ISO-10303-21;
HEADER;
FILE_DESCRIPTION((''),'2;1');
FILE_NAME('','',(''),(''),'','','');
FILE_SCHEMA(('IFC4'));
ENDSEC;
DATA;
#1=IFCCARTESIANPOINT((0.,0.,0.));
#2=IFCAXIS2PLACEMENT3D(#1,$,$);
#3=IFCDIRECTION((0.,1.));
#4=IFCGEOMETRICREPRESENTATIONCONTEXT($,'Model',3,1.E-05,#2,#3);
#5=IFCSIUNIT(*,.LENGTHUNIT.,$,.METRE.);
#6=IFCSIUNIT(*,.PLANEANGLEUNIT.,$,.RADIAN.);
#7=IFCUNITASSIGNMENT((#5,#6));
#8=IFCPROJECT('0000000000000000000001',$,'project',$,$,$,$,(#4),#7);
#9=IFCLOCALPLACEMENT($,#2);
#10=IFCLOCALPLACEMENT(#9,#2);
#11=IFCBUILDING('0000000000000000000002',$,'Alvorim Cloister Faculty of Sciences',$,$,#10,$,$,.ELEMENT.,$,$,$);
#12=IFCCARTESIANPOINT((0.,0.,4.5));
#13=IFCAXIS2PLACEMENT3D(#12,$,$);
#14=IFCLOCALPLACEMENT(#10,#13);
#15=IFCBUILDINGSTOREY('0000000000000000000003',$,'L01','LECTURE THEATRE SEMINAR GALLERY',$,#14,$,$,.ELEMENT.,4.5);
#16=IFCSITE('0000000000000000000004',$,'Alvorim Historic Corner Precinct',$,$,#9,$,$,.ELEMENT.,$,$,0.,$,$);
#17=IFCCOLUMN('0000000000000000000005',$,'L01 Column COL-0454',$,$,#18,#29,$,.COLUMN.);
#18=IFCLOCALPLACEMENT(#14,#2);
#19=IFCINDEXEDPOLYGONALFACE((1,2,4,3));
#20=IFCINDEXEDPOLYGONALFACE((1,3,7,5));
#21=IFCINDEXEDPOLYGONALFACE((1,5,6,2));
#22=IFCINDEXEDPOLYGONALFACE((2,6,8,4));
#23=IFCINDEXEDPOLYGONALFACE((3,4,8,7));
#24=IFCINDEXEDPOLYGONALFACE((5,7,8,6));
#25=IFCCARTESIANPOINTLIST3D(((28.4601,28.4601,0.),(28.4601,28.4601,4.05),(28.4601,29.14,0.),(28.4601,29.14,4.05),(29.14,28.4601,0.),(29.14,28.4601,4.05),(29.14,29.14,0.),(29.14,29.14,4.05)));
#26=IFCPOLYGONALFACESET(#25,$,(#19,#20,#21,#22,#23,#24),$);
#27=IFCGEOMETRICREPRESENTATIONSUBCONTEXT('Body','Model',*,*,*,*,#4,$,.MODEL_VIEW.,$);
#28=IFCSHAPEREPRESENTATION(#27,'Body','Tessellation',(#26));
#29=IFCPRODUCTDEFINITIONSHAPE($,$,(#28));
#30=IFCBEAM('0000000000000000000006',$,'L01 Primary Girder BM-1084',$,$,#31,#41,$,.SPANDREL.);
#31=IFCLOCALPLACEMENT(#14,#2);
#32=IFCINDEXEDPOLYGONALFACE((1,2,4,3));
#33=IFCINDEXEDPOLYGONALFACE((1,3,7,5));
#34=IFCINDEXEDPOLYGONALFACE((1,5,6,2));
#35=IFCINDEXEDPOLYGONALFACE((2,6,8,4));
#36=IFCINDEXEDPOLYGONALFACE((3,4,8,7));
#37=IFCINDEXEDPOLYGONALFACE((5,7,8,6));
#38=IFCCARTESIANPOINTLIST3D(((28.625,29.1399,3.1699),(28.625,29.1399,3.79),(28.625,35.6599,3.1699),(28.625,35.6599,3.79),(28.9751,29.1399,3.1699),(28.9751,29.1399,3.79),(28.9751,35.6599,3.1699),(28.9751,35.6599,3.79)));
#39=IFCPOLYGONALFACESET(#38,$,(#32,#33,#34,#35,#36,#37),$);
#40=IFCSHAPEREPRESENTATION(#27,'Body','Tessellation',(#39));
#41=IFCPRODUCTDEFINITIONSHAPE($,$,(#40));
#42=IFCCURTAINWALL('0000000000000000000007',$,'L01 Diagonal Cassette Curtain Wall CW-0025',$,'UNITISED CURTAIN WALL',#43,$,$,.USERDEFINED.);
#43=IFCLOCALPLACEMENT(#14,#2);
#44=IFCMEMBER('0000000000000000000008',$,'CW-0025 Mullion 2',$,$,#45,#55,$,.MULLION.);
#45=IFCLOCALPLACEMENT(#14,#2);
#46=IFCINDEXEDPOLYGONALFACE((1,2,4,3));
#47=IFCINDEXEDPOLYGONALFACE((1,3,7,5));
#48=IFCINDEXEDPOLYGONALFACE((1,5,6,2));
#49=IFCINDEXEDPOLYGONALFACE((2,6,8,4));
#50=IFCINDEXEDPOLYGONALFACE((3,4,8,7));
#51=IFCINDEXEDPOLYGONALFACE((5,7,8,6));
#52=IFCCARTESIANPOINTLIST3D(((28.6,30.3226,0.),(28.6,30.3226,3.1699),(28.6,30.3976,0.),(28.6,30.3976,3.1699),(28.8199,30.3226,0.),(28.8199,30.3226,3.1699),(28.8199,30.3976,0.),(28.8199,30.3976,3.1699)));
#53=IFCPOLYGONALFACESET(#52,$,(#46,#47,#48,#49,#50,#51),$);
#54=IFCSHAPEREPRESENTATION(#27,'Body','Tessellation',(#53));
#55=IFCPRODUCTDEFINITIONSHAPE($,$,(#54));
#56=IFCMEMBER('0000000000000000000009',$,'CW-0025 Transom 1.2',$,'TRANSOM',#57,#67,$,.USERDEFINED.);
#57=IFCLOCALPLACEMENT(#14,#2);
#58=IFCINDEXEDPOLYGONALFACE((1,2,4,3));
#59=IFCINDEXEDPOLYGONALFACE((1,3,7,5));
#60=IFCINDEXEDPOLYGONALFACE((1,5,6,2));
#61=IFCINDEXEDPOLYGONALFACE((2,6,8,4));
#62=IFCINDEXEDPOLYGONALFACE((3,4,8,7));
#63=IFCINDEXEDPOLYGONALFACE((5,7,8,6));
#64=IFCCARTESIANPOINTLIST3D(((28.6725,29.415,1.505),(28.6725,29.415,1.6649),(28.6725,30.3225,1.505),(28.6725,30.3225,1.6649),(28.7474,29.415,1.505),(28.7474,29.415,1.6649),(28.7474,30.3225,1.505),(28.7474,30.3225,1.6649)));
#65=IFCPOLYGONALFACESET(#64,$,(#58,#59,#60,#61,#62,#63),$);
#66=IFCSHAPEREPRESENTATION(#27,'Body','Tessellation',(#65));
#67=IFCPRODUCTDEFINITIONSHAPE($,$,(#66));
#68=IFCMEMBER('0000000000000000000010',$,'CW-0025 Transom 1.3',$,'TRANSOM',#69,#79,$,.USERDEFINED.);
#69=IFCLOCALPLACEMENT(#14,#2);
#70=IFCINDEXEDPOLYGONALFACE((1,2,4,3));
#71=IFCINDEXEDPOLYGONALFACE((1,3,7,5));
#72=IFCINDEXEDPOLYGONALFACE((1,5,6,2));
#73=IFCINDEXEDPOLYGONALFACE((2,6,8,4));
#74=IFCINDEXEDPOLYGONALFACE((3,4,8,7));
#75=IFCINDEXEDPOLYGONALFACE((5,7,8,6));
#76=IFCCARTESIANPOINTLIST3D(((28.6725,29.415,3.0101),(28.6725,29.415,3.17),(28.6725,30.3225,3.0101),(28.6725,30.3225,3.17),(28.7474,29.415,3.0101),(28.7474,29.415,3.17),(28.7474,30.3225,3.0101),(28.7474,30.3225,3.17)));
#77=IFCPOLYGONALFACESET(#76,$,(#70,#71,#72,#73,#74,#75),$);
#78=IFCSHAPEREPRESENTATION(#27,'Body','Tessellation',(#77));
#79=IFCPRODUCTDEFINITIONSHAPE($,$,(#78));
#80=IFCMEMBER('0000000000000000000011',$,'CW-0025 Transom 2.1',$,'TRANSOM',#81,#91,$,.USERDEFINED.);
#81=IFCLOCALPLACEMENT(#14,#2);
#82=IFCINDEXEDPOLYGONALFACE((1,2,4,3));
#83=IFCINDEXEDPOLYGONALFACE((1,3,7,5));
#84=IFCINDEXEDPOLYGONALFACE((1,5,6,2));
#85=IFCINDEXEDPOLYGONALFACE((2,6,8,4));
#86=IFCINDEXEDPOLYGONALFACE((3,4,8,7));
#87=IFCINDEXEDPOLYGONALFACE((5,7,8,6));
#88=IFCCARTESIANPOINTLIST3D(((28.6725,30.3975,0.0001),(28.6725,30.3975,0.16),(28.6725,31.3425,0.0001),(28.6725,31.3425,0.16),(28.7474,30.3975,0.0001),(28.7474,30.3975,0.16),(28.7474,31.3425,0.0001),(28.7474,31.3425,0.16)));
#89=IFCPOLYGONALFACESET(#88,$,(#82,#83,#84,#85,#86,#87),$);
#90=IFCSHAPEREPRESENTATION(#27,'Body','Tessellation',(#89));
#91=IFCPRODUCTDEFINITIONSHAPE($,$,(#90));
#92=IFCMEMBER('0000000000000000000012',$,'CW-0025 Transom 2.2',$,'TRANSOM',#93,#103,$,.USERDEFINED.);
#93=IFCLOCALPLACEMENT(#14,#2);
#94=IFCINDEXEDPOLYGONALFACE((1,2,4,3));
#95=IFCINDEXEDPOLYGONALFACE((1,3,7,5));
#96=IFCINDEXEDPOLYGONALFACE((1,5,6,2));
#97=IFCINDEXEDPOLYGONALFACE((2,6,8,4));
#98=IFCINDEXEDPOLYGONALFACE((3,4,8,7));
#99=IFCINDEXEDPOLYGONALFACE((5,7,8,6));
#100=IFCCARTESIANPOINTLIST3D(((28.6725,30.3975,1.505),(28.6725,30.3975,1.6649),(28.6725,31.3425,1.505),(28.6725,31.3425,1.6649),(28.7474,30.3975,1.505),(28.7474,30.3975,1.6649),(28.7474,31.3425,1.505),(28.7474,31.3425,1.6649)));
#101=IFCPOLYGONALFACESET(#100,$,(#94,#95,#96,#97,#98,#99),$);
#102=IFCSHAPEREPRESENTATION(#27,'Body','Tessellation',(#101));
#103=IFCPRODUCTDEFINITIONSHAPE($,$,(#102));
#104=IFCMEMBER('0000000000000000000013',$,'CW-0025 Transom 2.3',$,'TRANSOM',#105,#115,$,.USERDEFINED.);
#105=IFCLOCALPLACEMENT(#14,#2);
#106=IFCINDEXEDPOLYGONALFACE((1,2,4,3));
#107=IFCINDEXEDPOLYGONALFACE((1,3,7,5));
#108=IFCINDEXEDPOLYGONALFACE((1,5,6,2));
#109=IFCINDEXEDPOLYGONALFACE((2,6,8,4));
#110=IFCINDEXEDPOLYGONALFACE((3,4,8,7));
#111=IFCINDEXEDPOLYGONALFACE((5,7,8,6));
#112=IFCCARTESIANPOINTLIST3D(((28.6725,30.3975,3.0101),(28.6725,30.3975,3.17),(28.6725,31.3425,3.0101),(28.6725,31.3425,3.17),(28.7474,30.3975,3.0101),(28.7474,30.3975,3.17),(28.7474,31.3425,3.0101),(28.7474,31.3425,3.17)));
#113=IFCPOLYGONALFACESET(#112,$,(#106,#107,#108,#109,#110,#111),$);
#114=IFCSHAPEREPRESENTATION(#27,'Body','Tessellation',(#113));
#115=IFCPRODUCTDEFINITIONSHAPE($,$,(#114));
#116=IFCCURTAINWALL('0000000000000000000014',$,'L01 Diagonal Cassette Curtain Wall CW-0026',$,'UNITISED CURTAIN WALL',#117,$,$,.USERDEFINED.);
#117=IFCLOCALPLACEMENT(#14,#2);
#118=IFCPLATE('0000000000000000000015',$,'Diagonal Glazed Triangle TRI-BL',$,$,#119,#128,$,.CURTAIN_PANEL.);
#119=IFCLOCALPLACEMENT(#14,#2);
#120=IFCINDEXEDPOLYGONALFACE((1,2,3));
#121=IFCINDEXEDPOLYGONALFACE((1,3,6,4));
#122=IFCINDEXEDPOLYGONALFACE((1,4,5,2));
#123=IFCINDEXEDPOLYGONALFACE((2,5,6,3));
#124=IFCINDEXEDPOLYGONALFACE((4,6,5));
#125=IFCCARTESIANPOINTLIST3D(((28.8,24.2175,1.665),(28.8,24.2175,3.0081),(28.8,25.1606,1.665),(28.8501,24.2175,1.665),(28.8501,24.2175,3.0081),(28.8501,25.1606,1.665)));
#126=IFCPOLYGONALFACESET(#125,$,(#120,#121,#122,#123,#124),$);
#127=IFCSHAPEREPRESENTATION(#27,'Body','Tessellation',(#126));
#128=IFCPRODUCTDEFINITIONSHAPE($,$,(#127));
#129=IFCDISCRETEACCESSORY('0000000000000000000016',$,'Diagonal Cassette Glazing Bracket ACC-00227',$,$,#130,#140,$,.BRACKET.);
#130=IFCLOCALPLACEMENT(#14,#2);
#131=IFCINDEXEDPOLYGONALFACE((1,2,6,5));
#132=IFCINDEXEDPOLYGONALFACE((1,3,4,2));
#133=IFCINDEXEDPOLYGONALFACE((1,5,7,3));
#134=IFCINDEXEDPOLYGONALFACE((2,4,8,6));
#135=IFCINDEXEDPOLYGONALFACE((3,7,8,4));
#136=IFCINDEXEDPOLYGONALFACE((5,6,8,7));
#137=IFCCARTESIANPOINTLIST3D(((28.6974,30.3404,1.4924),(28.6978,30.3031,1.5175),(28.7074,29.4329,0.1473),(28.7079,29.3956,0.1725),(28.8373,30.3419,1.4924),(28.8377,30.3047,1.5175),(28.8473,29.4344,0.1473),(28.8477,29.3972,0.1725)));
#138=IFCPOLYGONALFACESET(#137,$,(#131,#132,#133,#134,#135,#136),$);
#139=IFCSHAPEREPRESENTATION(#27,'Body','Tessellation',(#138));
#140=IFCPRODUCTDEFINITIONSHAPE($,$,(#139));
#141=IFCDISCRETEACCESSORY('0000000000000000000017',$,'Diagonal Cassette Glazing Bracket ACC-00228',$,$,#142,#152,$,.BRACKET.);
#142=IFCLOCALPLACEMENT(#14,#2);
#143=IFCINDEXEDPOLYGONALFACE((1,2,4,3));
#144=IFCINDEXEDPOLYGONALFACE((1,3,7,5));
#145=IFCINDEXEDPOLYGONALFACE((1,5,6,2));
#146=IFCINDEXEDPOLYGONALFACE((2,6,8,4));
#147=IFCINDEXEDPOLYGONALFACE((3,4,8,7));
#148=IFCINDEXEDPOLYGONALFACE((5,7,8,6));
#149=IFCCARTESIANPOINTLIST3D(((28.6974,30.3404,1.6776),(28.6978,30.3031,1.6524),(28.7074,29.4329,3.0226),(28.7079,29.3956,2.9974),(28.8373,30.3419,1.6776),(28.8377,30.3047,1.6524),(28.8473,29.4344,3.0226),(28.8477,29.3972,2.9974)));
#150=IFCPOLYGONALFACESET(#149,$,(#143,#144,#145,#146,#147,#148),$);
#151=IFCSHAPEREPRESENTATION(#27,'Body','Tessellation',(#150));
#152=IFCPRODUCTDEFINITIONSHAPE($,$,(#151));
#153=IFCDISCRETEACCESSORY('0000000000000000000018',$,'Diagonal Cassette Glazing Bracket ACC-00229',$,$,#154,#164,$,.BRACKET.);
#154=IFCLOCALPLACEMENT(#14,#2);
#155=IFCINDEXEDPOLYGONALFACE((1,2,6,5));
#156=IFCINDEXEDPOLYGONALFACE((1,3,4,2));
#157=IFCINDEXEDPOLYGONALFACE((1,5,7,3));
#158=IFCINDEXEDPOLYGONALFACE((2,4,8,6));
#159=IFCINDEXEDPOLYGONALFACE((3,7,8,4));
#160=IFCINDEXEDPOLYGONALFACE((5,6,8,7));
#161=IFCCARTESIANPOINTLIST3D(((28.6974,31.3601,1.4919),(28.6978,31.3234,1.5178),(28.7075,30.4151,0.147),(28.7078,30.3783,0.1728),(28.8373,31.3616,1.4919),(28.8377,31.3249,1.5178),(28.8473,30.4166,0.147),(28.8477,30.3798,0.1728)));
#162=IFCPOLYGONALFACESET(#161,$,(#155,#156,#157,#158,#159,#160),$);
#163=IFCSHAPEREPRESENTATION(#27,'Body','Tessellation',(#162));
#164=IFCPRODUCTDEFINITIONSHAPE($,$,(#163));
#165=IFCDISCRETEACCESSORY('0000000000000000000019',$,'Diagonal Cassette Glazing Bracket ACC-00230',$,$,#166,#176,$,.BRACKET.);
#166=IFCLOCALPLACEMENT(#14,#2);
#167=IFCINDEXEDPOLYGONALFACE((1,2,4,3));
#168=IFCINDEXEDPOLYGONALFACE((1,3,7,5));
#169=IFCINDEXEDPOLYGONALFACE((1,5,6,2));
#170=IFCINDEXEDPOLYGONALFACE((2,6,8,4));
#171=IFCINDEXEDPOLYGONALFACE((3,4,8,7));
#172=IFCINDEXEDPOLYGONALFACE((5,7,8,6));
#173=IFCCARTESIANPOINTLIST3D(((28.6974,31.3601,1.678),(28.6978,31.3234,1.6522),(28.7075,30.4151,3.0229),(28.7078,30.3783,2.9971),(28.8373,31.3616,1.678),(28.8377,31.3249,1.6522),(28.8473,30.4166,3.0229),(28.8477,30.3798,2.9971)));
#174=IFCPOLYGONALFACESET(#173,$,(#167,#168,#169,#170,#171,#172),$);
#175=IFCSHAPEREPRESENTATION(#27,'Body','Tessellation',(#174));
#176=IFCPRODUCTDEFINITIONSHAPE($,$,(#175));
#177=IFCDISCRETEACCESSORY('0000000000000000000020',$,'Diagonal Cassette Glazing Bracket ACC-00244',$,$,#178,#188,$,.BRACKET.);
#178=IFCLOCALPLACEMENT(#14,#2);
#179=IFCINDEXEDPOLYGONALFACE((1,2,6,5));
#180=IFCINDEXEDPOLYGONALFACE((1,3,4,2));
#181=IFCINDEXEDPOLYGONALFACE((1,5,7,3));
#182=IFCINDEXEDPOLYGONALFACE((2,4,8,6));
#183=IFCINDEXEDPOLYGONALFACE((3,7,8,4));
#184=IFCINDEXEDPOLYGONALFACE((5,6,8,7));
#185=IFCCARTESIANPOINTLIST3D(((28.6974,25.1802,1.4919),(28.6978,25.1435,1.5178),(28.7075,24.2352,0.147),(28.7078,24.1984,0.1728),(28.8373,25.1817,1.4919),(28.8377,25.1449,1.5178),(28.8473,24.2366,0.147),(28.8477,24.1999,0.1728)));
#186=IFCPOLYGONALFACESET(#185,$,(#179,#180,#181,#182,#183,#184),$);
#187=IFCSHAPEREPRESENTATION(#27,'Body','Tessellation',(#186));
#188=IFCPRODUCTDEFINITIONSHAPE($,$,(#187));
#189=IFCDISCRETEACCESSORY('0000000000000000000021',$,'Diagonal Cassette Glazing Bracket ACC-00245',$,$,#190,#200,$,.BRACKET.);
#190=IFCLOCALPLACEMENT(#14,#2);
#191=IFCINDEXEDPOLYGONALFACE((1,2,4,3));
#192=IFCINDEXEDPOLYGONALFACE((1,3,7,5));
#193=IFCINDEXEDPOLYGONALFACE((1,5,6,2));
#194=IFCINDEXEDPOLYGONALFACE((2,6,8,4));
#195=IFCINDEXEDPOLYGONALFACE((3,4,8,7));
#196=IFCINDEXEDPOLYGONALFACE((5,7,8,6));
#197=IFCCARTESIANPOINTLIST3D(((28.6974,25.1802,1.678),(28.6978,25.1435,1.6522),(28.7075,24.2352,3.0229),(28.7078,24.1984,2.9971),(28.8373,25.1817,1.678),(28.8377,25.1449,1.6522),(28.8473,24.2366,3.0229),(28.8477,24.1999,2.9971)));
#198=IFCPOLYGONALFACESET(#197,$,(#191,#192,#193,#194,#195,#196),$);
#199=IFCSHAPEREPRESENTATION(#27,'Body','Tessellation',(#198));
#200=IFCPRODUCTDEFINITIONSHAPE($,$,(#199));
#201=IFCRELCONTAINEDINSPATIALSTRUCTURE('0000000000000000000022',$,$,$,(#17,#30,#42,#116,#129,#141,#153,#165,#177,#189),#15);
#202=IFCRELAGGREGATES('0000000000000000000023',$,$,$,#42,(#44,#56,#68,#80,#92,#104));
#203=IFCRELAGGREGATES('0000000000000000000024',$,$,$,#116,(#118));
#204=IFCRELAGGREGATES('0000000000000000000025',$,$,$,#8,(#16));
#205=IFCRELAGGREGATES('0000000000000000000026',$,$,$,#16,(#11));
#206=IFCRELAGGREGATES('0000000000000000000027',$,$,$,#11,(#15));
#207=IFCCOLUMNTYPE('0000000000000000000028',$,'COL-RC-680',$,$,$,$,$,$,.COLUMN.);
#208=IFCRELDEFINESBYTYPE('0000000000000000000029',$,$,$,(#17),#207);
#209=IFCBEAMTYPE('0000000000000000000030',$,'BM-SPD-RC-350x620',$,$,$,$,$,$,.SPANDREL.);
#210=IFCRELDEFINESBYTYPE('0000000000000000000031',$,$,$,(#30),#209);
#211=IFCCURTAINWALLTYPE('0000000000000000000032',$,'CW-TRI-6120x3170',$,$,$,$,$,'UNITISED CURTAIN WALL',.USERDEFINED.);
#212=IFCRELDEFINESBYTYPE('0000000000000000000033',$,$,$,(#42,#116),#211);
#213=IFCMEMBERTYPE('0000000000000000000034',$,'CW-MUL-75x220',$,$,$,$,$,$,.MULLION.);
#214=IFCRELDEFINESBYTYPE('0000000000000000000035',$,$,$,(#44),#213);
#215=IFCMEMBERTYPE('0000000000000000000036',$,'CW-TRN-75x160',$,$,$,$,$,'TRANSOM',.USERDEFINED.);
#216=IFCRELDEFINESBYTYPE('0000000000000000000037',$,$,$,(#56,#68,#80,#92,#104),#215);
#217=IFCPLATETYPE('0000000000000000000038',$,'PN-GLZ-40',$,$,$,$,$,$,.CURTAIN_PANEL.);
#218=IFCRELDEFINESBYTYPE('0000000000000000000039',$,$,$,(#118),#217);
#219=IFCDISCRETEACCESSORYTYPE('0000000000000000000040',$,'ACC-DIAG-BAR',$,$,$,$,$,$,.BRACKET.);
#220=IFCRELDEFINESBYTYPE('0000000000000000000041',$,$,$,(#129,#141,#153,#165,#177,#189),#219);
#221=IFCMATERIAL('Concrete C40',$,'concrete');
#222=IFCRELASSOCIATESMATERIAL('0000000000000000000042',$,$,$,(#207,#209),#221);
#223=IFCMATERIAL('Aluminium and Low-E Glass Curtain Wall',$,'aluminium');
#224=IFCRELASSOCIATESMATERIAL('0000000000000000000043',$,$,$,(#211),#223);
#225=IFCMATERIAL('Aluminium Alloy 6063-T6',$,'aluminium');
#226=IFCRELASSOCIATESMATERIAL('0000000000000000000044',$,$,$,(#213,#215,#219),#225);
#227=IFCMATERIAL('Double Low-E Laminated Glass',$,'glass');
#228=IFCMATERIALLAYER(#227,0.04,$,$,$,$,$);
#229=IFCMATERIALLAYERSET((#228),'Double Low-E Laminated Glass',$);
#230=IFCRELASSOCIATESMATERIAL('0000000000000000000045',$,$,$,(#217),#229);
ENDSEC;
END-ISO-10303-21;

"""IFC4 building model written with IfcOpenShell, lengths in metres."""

from ifc_helpers import new_model, si_unit, direction, frame, origin, origin_2d, place, context, subcontext, project, spatial, polyline, rectangle, outline, extrude, material, layer, layer_set, material_profile, profile_set, type_object, element, aggregate, save


model = new_model("IFC4")

# Units and contexts
model_context = context("Model", 3, precision=1e-05, world=origin(), true_north=direction((0.0, 1.0)))
body_context = subcontext(model_context, "Body", "Model", "MODEL_VIEW")
ifc_project = project(units=[si_unit("LENGTHUNIT", "METRE"), si_unit("PLANEANGLEUNIT", "RADIAN")], contexts=[model_context])

# Site, building, storey
site_placement = place(None, origin())
site = spatial("IfcSite", under=ifc_project, at=site_placement, Name="Alvorim Historic Corner Precinct", CompositionType="ELEMENT", RefElevation=0.0)
building_placement = place(site_placement, origin())
building = spatial("IfcBuilding", under=site, at=building_placement, Name="Alvorim Cloister Faculty of Sciences", CompositionType="ELEMENT")
storey_placement = place(building_placement, frame((0.0, 0.0, 4.5)))
storey = spatial("IfcBuildingStorey", under=building, at=storey_placement, Name="L01", Description="LECTURE THEATRE SEMINAR GALLERY", CompositionType="ELEMENT", Elevation=4.5)

# Column
ifc_material_1 = material(Name="Concrete C40", Category="concrete")
ifc_material_profile_1 = material_profile(ifc_material_1, rectangle(XDim=0.6799, YDim=0.6799, at=origin_2d()), Name="RC40-COL-680x680")
ifc_profile_set_1 = profile_set([ifc_material_profile_1], Name="Concrete C40")
column_type = type_object("IfcColumnType", Name="COL-RC-680", PredefinedType="COLUMN", material=ifc_profile_set_1)
column_placement = place(storey_placement, frame((28.8, 28.8, 0.0), z_axis=(0.0, 0.0, 1.0), x_axis=(1.0, 0.0, 0.0)))
element("IfcColumn", 1, at=column_placement, inside=storey, type_object=column_type, Name="L01 Column COL-0454", PredefinedType="COLUMN", context=body_context, shape_type="SweptSolid", body=[
    extrude(rectangle(XDim=0.6799, YDim=0.6799, at=origin_2d()), origin(), (0.0, 0.0, 1.0), 4.05),
])

# Beam
ifc_material_profile_2 = material_profile(ifc_material_1, rectangle(XDim=0.3501, YDim=0.6201, at=origin_2d()), Name="RC40-SPD-350x620")
ifc_profile_set_2 = profile_set([ifc_material_profile_2], Name="Concrete C40")
beam_type = type_object("IfcBeamType", Name="BM-SPD-RC-350x620", PredefinedType="SPANDREL", material=ifc_profile_set_2)
beam_placement = place(storey_placement, frame((28.8, 29.1399, 3.48), z_axis=(0.0, 1.0, 0.0), x_axis=(-1.0, 0.0, 0.0)))
element("IfcBeam", 2, at=beam_placement, inside=storey, type_object=beam_type, Name="L01 Primary Girder BM-1084", PredefinedType="SPANDREL", context=body_context, shape_type="SweptSolid", body=[
    extrude(rectangle(XDim=0.3501, YDim=0.6201, at=origin_2d()), origin(), (0.0, 0.0, 1.0), 6.52),
])

# Curtain wall, members
ifc_material_2 = material(Name="Aluminium and Low-E Glass Curtain Wall", Category="aluminium")
curtain_wall_type = type_object("IfcCurtainWallType", Name="CW-TRI-6120x3170", ElementType="UNITISED CURTAIN WALL", PredefinedType="USERDEFINED", material=ifc_material_2)
curtain_wall_1_placement = place(storey_placement, origin())
curtain_wall_1 = element("IfcCurtainWall", 3, at=curtain_wall_1_placement, inside=storey, type_object=curtain_wall_type, Name="L01 Diagonal Cassette Curtain Wall CW-0025", ObjectType="UNITISED CURTAIN WALL", PredefinedType="USERDEFINED")
ifc_material_3 = material(Name="Aluminium Alloy 6063-T6", Category="aluminium")
ifc_material_profile_3 = material_profile(ifc_material_3, rectangle(XDim=0.075, YDim=0.22, at=origin_2d()), Name="ALU-MUL-75x220")
ifc_profile_set_3 = profile_set([ifc_material_profile_3], Name="Aluminium Alloy 6063-T6")
member_type_1 = type_object("IfcMemberType", Name="CW-MUL-75x220", PredefinedType="MULLION", material=ifc_profile_set_3)
member_1_placement = place(storey_placement, frame((28.71, 30.3601, 0.0), z_axis=(0.0, 0.0, 1.0), x_axis=(0.0, 1.0, 0.0)))
member_1 = element("IfcMember", 4, at=member_1_placement, type_object=member_type_1, Name="CW-0025 Mullion 2", PredefinedType="MULLION", context=body_context, shape_type="SweptSolid", body=[
    extrude(rectangle(XDim=0.075, YDim=0.22, at=origin_2d()), origin(), (0.0, 0.0, 1.0), 3.1699),
])
ifc_material_profile_4 = material_profile(ifc_material_3, rectangle(XDim=0.075, YDim=0.1599, at=origin_2d()), Name="ALU-TRN-75x160")
ifc_profile_set_4 = profile_set([ifc_material_profile_4], Name="Aluminium Alloy 6063-T6")
member_type_2 = type_object("IfcMemberType", Name="CW-TRN-75x160", ElementType="TRANSOM", PredefinedType="USERDEFINED", material=ifc_profile_set_4)
member_2_placement = place(storey_placement, frame((28.71, 29.415, 1.585), z_axis=(0.0, 1.0, 0.0), x_axis=(-1.0, 0.0, 0.0)))
member_2 = element("IfcMember", 5, at=member_2_placement, type_object=member_type_2, Name="CW-0025 Transom 1.2", ObjectType="TRANSOM", PredefinedType="USERDEFINED", context=body_context, shape_type="SweptSolid", body=[
    extrude(rectangle(XDim=0.075, YDim=0.1599, at=origin_2d()), origin(), (0.0, 0.0, 1.0), 0.9075),
])
member_3_placement = place(storey_placement, frame((28.71, 29.415, 3.0901), z_axis=(0.0, 1.0, 0.0), x_axis=(-1.0, 0.0, 0.0)))
member_3 = element("IfcMember", 6, at=member_3_placement, type_object=member_type_2, Name="CW-0025 Transom 1.3", ObjectType="TRANSOM", PredefinedType="USERDEFINED", context=body_context, shape_type="SweptSolid", body=[
    extrude(rectangle(XDim=0.075, YDim=0.1599, at=origin_2d()), origin(), (0.0, 0.0, 1.0), 0.9075),
])
member_4_placement = place(storey_placement, frame((28.71, 30.3975, 0.0801), z_axis=(0.0, 1.0, 0.0), x_axis=(-1.0, 0.0, 0.0)))
member_4 = element("IfcMember", 7, at=member_4_placement, type_object=member_type_2, Name="CW-0025 Transom 2.1", ObjectType="TRANSOM", PredefinedType="USERDEFINED", context=body_context, shape_type="SweptSolid", body=[
    extrude(rectangle(XDim=0.075, YDim=0.1599, at=origin_2d()), origin(), (0.0, 0.0, 1.0), 0.9451),
])
member_5_placement = place(storey_placement, frame((28.71, 30.3975, 1.585), z_axis=(0.0, 1.0, 0.0), x_axis=(-1.0, 0.0, 0.0)))
member_5 = element("IfcMember", 8, at=member_5_placement, type_object=member_type_2, Name="CW-0025 Transom 2.2", ObjectType="TRANSOM", PredefinedType="USERDEFINED", context=body_context, shape_type="SweptSolid", body=[
    extrude(rectangle(XDim=0.075, YDim=0.1599, at=origin_2d()), origin(), (0.0, 0.0, 1.0), 0.9451),
])
member_6_placement = place(storey_placement, frame((28.71, 30.3975, 3.0901), z_axis=(0.0, 1.0, 0.0), x_axis=(-1.0, 0.0, 0.0)))
member_6 = element("IfcMember", 9, at=member_6_placement, type_object=member_type_2, Name="CW-0025 Transom 2.3", ObjectType="TRANSOM", PredefinedType="USERDEFINED", context=body_context, shape_type="SweptSolid", body=[
    extrude(rectangle(XDim=0.075, YDim=0.1599, at=origin_2d()), origin(), (0.0, 0.0, 1.0), 0.9451),
])
aggregate(curtain_wall_1, [member_1, member_2, member_3, member_4, member_5, member_6])

# Curtain wall, plate
curtain_wall_2_placement = place(storey_placement, origin())
curtain_wall_2 = element("IfcCurtainWall", 10, at=curtain_wall_2_placement, inside=storey, type_object=curtain_wall_type, Name="L01 Diagonal Cassette Curtain Wall CW-0026", ObjectType="UNITISED CURTAIN WALL", PredefinedType="USERDEFINED")
ifc_material_4 = material(Name="Double Low-E Laminated Glass", Category="glass")
ifc_layer = layer(ifc_material_4, 0.04)
ifc_layer_set = layer_set([ifc_layer], Name="Double Low-E Laminated Glass")
plate_type = type_object("IfcPlateType", Name="PN-GLZ-40", PredefinedType="CURTAIN_PANEL", material=ifc_layer_set)
plate_1_placement = place(storey_placement, frame((28.825, 24.2175, 1.665), z_axis=(0.0, 0.0, 1.0), x_axis=(0.0, 1.0, 0.0)))
plate_1 = element("IfcPlate", 11, at=plate_1_placement, type_object=plate_type, Name="Diagonal Glazed Triangle TRI-BL", PredefinedType="CURTAIN_PANEL", context=body_context, shape_type="SweptSolid", body=[
    extrude(outline(polyline([(0.0, 0.0), (0.9431, 0.0), (0.0, 1.343), (0.0, 0.0)])), frame((0.0, 0.0249, 0.0), z_axis=(0.0, -1.0, 0.0), x_axis=(1.0, 0.0, 0.0)), (0.0, 0.0, 1.0), 0.05),
])
aggregate(curtain_wall_2, [plate_1])

# Discrete accessories
discrete_accessory_type = type_object("IfcDiscreteAccessoryType", Name="ACC-DIAG-BAR", PredefinedType="BRACKET", material=ifc_material_3)
for number, where, z_axis, x_axis, name in (
    (12, (28.7776, 29.415, 0.1599), (-0.006169, 0.559299, 0.828943), (-0.999939, -0.01103, 0.0), "Diagonal Cassette Glazing Bracket ACC-00227"),
    (13, (28.7776, 29.415, 3.01), (-0.006169, 0.559299, -0.828943), (-0.999939, -0.01103, 0.0), "Diagonal Cassette Glazing Bracket ACC-00228"),
):
    element("IfcDiscreteAccessory", number, at=place(storey_placement, frame(where, z_axis=z_axis, x_axis=x_axis)), inside=storey, type_object=discrete_accessory_type, Name=name, PredefinedType="BRACKET", context=body_context, shape_type="SweptSolid", body=[
        extrude(rectangle(XDim=0.1399, YDim=0.0449, at=origin_2d()), origin(), (0.0, 0.0, 1.0), 1.6226),
    ])
for number, where, z_axis, x_axis, name in (
    (14, (28.7776, 30.3975, 0.1599), (-0.006089, 0.574916, 0.81819), (-0.999944, -0.010591, 0.0), "Diagonal Cassette Glazing Bracket ACC-00229"),
    (15, (28.7776, 30.3975, 3.01), (-0.006089, 0.574916, -0.81819), (-0.999944, -0.010591, 0.0), "Diagonal Cassette Glazing Bracket ACC-00230"),
    (16, (28.7776, 24.2175, 0.1599), (-0.006089, 0.574916, 0.81819), (-0.999944, -0.010591, 0.0), "Diagonal Cassette Glazing Bracket ACC-00244"),
    (17, (28.7776, 24.2175, 3.01), (-0.006089, 0.574916, -0.81819), (-0.999944, -0.010591, 0.0), "Diagonal Cassette Glazing Bracket ACC-00245"),
):
    element("IfcDiscreteAccessory", number, at=place(storey_placement, frame(where, z_axis=z_axis, x_axis=x_axis)), inside=storey, type_object=discrete_accessory_type, Name=name, PredefinedType="BRACKET", context=body_context, shape_type="SweptSolid", body=[
        extrude(rectangle(XDim=0.1399, YDim=0.0449, at=origin_2d()), origin(), (0.0, 0.0, 1.0), 1.6438),
    ])

save(model, "model.ifc")
